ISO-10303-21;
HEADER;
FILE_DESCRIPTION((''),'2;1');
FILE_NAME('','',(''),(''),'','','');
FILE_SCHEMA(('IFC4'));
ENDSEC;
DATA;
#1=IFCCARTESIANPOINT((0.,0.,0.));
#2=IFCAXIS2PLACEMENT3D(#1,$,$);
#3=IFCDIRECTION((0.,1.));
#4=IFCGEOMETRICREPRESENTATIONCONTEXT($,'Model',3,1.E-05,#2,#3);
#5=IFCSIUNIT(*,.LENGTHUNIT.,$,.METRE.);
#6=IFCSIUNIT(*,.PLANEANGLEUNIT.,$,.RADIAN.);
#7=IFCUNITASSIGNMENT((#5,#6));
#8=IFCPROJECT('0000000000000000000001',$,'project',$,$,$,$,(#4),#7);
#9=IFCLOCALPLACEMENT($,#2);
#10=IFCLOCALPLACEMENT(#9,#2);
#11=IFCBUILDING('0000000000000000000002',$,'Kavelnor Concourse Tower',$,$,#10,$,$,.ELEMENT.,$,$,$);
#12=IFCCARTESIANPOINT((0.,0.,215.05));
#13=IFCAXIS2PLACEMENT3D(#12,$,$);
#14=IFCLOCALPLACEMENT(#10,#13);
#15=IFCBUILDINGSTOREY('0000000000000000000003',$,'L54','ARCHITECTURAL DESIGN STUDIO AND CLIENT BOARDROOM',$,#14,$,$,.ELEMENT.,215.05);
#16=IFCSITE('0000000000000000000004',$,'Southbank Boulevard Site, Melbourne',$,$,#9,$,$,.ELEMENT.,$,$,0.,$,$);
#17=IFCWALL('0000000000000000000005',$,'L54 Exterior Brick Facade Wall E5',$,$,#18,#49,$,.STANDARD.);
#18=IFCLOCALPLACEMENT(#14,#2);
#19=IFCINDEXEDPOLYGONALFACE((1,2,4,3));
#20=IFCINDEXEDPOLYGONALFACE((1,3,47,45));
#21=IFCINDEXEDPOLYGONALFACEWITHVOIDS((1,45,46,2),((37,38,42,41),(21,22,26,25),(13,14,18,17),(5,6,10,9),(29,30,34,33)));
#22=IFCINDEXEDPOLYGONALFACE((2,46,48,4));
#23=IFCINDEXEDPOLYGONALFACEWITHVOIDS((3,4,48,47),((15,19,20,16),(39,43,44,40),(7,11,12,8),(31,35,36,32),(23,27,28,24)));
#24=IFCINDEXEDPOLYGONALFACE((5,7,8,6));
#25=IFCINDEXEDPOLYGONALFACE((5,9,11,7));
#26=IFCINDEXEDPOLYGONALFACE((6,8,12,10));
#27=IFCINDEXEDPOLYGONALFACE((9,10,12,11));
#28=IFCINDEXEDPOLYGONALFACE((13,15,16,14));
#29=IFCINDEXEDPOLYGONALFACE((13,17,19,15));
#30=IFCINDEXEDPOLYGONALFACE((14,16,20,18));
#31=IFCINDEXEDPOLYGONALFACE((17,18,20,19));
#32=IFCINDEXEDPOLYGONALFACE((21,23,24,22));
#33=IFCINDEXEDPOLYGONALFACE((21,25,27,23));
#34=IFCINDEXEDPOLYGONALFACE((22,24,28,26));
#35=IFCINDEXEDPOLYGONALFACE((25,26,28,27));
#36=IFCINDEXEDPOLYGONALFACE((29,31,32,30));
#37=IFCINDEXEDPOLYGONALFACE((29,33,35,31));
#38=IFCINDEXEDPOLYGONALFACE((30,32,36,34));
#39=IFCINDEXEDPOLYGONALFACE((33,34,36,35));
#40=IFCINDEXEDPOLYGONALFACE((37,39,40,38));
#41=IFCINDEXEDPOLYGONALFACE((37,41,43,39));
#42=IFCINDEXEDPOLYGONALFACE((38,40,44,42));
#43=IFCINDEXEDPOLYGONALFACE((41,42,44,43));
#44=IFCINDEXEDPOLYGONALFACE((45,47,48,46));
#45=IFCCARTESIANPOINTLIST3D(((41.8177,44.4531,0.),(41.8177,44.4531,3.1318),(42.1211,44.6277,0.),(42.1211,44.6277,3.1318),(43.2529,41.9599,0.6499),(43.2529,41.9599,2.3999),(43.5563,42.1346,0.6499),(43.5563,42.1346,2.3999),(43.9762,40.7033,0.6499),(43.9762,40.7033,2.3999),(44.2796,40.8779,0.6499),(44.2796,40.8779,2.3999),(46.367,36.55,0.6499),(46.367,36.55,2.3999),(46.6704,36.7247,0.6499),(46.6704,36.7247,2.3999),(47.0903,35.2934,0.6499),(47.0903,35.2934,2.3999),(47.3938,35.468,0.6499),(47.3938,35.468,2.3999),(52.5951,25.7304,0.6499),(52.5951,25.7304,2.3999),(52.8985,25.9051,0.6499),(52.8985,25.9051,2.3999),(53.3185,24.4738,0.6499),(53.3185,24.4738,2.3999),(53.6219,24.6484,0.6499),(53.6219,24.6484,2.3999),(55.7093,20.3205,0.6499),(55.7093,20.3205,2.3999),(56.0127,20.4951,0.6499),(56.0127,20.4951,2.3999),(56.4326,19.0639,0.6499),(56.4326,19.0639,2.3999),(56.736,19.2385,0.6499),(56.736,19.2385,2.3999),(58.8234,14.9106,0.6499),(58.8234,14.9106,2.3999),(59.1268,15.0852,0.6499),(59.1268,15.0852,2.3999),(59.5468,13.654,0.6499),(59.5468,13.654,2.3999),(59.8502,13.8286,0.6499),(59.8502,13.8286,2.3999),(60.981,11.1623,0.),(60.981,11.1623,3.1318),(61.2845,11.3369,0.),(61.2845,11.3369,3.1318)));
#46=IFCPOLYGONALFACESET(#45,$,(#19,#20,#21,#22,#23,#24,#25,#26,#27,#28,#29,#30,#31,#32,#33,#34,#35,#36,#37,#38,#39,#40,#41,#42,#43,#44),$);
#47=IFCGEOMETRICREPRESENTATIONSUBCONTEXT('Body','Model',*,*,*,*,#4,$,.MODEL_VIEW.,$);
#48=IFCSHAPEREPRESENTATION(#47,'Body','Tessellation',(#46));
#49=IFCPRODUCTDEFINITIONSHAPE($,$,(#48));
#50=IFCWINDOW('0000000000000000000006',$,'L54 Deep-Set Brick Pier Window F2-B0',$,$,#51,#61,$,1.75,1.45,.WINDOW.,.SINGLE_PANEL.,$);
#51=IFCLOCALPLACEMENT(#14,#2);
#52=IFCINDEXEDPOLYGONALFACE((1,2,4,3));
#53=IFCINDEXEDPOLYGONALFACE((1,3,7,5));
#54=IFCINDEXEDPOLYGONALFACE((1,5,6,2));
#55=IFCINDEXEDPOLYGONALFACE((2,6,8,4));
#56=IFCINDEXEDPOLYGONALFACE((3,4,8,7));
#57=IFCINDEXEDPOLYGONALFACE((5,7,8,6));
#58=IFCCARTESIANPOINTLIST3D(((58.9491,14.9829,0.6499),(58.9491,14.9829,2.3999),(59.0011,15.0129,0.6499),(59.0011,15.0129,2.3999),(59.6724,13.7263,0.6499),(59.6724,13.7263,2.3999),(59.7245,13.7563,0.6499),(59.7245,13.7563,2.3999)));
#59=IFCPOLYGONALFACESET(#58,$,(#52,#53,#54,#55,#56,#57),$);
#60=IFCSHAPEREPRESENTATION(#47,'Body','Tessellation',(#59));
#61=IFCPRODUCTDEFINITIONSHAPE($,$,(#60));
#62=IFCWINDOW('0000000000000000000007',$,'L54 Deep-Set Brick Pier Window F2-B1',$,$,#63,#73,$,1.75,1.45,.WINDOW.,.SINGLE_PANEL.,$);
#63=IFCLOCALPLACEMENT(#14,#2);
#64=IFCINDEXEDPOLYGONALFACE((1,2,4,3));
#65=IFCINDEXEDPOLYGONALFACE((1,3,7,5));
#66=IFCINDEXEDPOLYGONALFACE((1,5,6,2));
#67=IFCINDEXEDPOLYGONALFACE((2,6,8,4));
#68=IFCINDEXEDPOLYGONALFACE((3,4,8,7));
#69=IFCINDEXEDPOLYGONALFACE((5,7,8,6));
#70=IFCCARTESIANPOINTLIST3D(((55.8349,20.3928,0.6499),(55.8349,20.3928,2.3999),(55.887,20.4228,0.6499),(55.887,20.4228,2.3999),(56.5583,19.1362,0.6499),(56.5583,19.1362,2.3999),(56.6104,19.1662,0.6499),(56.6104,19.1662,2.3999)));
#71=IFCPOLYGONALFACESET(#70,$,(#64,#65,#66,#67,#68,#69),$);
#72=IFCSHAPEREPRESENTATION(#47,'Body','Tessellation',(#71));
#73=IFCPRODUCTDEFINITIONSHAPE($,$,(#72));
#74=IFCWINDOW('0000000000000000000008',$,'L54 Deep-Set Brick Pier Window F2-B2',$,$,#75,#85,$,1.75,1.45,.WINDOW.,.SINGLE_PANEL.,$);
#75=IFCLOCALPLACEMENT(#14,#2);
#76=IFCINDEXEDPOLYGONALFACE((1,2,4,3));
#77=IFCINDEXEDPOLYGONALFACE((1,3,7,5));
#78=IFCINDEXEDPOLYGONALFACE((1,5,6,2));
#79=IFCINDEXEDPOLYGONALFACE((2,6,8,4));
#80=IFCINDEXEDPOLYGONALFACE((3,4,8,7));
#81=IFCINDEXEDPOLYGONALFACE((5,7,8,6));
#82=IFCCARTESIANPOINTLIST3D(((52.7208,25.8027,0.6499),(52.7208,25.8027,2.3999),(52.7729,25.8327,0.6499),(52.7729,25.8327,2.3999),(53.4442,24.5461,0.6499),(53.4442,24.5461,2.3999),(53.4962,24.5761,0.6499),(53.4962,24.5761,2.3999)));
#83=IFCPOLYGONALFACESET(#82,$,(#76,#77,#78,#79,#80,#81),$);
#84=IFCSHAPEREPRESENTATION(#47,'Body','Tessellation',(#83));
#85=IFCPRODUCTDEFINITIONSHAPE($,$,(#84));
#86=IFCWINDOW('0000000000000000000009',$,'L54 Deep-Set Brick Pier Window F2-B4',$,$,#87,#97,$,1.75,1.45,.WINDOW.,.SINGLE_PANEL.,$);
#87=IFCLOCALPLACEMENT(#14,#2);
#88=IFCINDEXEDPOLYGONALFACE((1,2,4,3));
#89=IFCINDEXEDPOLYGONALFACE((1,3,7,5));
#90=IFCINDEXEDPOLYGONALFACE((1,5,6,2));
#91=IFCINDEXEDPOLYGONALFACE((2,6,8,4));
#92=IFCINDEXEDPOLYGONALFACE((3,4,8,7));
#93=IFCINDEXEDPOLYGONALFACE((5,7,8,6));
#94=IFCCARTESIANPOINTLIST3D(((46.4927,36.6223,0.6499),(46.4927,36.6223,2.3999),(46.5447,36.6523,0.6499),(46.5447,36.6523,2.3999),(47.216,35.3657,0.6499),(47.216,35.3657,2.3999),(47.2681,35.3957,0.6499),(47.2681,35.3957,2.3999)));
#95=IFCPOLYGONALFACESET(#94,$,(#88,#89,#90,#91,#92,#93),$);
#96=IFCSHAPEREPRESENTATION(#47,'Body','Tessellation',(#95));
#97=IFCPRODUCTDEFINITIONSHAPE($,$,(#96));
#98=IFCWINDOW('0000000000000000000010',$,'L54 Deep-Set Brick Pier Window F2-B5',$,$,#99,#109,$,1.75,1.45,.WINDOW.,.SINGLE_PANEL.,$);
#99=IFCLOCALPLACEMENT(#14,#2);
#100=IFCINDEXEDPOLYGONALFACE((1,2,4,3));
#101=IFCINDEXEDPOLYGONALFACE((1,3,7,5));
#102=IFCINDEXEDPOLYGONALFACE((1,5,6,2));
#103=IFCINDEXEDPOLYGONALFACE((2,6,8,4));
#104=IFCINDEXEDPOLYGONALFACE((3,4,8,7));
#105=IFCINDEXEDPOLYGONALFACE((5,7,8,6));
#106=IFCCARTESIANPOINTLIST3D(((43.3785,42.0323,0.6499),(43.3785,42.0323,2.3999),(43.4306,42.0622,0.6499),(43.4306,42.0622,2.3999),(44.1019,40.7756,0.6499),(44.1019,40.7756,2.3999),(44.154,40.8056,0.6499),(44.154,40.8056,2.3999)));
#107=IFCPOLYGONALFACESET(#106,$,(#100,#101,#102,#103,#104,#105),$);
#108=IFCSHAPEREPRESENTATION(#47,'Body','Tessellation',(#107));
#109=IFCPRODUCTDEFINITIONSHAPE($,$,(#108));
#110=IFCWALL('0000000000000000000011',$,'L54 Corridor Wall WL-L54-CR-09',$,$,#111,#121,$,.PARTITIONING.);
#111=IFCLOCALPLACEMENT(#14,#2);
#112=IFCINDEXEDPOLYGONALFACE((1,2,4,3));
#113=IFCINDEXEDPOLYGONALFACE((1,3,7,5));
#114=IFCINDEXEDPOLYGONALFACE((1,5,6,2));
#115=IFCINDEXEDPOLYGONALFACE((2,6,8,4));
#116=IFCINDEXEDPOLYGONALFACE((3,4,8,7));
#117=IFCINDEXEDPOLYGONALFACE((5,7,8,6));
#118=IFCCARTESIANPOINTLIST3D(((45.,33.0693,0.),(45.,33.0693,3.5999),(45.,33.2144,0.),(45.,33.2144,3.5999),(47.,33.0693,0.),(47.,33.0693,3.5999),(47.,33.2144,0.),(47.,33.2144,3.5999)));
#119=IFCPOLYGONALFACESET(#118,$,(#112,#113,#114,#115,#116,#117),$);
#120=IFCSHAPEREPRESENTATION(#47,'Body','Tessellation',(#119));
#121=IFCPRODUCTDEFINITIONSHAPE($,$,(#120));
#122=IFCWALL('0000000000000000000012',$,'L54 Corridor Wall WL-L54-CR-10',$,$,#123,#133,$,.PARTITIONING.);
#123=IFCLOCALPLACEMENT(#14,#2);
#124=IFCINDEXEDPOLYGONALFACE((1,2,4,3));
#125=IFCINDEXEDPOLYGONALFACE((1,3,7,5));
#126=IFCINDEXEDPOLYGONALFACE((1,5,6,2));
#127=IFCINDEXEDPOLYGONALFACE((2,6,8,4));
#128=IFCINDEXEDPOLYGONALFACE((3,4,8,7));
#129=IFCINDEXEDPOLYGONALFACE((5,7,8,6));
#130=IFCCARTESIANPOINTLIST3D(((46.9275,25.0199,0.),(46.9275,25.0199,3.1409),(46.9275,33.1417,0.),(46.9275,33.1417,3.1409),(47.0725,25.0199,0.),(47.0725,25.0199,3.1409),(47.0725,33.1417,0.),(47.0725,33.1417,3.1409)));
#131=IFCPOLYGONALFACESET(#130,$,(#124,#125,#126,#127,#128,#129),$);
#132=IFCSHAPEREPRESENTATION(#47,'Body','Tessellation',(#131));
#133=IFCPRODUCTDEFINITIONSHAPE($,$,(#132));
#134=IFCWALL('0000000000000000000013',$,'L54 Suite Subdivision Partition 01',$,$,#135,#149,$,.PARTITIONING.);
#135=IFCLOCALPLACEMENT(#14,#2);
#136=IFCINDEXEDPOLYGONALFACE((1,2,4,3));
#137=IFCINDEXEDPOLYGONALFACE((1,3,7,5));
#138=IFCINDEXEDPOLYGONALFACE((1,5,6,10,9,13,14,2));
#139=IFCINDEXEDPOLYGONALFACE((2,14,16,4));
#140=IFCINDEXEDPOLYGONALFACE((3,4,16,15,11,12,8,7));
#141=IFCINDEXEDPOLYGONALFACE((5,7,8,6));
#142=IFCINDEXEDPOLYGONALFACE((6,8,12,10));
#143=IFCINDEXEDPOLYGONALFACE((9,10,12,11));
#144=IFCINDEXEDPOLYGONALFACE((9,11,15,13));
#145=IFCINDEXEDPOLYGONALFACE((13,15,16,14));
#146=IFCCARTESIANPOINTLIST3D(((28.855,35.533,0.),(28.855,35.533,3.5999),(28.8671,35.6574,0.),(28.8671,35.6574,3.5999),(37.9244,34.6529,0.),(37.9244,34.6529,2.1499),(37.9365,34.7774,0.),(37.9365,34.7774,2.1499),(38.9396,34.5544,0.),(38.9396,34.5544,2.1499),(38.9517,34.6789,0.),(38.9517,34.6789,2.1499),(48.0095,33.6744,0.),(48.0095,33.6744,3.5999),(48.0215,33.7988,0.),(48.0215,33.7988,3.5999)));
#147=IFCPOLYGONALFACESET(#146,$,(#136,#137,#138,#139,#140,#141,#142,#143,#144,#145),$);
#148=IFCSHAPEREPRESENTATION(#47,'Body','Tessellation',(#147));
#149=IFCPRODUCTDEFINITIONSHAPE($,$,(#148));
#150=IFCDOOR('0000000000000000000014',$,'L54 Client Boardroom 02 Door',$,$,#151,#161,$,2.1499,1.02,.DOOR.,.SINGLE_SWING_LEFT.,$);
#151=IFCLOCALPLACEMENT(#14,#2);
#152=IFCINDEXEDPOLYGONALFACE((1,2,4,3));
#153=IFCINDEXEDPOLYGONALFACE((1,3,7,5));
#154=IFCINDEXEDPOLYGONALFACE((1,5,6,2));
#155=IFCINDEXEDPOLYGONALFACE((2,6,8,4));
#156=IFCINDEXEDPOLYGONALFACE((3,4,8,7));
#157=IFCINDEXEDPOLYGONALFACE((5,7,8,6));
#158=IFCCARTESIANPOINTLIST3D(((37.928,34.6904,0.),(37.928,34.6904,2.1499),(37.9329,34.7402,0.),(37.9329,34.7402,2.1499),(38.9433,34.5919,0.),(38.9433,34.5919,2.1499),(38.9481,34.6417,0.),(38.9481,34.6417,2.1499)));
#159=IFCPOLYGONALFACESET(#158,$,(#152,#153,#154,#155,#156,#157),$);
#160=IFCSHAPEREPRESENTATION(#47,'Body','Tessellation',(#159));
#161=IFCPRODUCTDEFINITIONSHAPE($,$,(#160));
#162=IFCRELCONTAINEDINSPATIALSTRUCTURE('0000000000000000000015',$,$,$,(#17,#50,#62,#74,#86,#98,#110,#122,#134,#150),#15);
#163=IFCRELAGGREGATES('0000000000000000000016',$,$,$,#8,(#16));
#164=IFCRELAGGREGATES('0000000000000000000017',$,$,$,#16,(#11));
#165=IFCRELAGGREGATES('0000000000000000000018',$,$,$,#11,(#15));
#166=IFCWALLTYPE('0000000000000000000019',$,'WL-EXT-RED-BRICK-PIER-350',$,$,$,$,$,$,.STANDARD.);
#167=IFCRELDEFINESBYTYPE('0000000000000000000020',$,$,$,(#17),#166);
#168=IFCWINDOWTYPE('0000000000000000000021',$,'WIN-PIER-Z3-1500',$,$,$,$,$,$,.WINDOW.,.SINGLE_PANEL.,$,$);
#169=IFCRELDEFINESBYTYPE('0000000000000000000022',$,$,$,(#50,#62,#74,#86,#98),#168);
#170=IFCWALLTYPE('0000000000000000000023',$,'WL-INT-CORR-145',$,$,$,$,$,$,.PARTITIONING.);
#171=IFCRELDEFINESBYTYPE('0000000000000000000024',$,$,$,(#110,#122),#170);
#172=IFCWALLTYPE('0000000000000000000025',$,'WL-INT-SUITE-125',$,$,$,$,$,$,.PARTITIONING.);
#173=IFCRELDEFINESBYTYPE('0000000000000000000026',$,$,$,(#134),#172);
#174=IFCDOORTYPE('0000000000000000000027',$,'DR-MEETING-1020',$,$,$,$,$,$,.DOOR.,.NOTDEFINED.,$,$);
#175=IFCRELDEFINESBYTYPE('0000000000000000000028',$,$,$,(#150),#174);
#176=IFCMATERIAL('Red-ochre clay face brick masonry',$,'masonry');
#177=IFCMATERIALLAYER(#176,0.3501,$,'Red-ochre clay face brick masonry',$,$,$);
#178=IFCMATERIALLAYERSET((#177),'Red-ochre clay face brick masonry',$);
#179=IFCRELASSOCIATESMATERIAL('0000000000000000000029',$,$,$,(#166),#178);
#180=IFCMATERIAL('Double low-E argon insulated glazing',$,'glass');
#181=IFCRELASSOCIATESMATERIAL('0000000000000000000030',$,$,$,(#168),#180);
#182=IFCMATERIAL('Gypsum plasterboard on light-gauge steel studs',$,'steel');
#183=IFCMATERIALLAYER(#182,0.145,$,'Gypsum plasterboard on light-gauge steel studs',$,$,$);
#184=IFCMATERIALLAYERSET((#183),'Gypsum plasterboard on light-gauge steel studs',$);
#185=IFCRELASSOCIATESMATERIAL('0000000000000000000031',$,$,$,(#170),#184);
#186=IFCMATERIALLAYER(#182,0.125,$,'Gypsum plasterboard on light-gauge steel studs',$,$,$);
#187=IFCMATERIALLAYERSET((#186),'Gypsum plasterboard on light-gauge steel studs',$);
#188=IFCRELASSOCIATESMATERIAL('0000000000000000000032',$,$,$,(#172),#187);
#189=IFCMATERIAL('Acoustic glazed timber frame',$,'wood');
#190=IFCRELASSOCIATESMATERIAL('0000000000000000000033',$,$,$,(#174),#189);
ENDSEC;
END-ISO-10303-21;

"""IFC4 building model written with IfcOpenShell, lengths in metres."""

from ifc_helpers import new_model, si_unit, direction, frame, frame_2d, origin, place, context, subcontext, project, spatial, rectangle, extrude, material, layer, layer_set, type_object, element, fill, save


model = new_model("IFC4")

# Units and contexts
model_context = context("Model", 3, precision=1e-05, world=origin(), true_north=direction((0.0, 1.0)))
body_context = subcontext(model_context, "Body", "Model", "MODEL_VIEW")
ifc_project = project(units=[si_unit("LENGTHUNIT", "METRE"), si_unit("PLANEANGLEUNIT", "RADIAN")], contexts=[model_context])

# Site, building, storey
site_placement = place(None, origin())
site = spatial("IfcSite", under=ifc_project, at=site_placement, Name="Southbank Boulevard Site, Melbourne", CompositionType="ELEMENT", RefElevation=0.0)
building_placement = place(site_placement, origin())
building = spatial("IfcBuilding", under=site, at=building_placement, Name="Kavelnor Concourse Tower", CompositionType="ELEMENT")
storey_placement = place(building_placement, frame((0.0, 0.0, 215.05)))
storey = spatial("IfcBuildingStorey", under=building, at=storey_placement, Name="L54", Description="ARCHITECTURAL DESIGN STUDIO AND CLIENT BOARDROOM", CompositionType="ELEMENT", Elevation=215.05)

# Wall, openings, windows
ifc_material_1 = material(Name="Red-ochre clay face brick masonry", Category="masonry")
ifc_layer_1 = layer(ifc_material_1, 0.3501, Name="Red-ochre clay face brick masonry")
ifc_layer_set_1 = layer_set([ifc_layer_1], Name="Red-ochre clay face brick masonry")
wall_type_1 = type_object("IfcWallType", Name="WL-EXT-RED-BRICK-PIER-350", PredefinedType="STANDARD", material=ifc_layer_set_1)
wall_1_placement = place(storey_placement, frame((41.9695, 44.5403, 0.0), z_axis=(0.0, 0.0, 1.0), x_axis=(0.498885, -0.866668, 0.0)))
wall_1 = element("IfcWall", 1, at=wall_1_placement, inside=storey, type_object=wall_type_1, Name="L54 Exterior Brick Facade Wall E5", PredefinedType="STANDARD", context=body_context, shape_type="SweptSolid", body=[
    extrude(rectangle(XDim=38.4124, YDim=0.3501, at=frame_2d((19.2061, 0.0))), origin(), (0.0, 0.0, 1.0), 3.1318),
])
opening_1_placement = place(wall_1_placement, frame((34.0872, 0.0, 0.6499)))
opening_1 = element("IfcOpeningElement", 2, at=opening_1_placement, cuts=wall_1, PredefinedType="OPENING", context=body_context, shape_type="SweptSolid", body=[
    extrude(rectangle(XDim=1.45, YDim=1.75, at=frame_2d((0.7251, 0.875))), frame((0.0, 0.1851, 0.0), z_axis=(0.0, -1.0, 0.0), x_axis=(1.0, 0.0, 0.0)), (0.0, 0.0, 1.0), 0.3701),
])
opening_2_placement = place(wall_1_placement, frame((27.845, 0.0, 0.6499)))
opening_2 = element("IfcOpeningElement", 3, at=opening_2_placement, cuts=wall_1, PredefinedType="OPENING", context=body_context, shape_type="SweptSolid", body=[
    extrude(rectangle(XDim=1.45, YDim=1.75, at=frame_2d((0.7251, 0.875))), frame((0.0, 0.1851, 0.0), z_axis=(0.0, -1.0, 0.0), x_axis=(1.0, 0.0, 0.0)), (0.0, 0.0, 1.0), 0.3701),
])
opening_3_placement = place(wall_1_placement, frame((21.6028, 0.0, 0.6499)))
opening_3 = element("IfcOpeningElement", 4, at=opening_3_placement, cuts=wall_1, PredefinedType="OPENING", context=body_context, shape_type="SweptSolid", body=[
    extrude(rectangle(XDim=1.45, YDim=1.75, at=frame_2d((0.7251, 0.875))), frame((0.0, 0.1851, 0.0), z_axis=(0.0, -1.0, 0.0), x_axis=(1.0, 0.0, 0.0)), (0.0, 0.0, 1.0), 0.3701),
])
opening_4_placement = place(wall_1_placement, frame((9.1187, 0.0, 0.6499)))
opening_4 = element("IfcOpeningElement", 5, at=opening_4_placement, cuts=wall_1, PredefinedType="OPENING", context=body_context, shape_type="SweptSolid", body=[
    extrude(rectangle(XDim=1.45, YDim=1.75, at=frame_2d((0.7251, 0.875))), frame((0.0, 0.1851, 0.0), z_axis=(0.0, -1.0, 0.0), x_axis=(1.0, 0.0, 0.0)), (0.0, 0.0, 1.0), 0.3701),
])
opening_5_placement = place(wall_1_placement, frame((2.8765, 0.0, 0.6499)))
opening_5 = element("IfcOpeningElement", 6, at=opening_5_placement, cuts=wall_1, PredefinedType="OPENING", context=body_context, shape_type="SweptSolid", body=[
    extrude(rectangle(XDim=1.45, YDim=1.75, at=frame_2d((0.7251, 0.875))), frame((0.0, 0.1851, 0.0), z_axis=(0.0, -1.0, 0.0), x_axis=(1.0, 0.0, 0.0)), (0.0, 0.0, 1.0), 0.3701),
])
ifc_material_2 = material(Name="Double low-E argon insulated glazing", Category="glass")
window_type = type_object("IfcWindowType", Name="WIN-PIER-Z3-1500", PartitioningType="SINGLE_PANEL", PredefinedType="WINDOW", material=ifc_material_2)
window_1_placement = place(opening_1_placement, origin())
window_1 = element("IfcWindow", 7, at=window_1_placement, inside=storey, type_object=window_type, Name="L54 Deep-Set Brick Pier Window F2-B0", OverallHeight=1.75, OverallWidth=1.45, PartitioningType="SINGLE_PANEL", PredefinedType="WINDOW", context=body_context, shape_type="SweptSolid", body=[
    extrude(rectangle(XDim=1.45, YDim=1.75, at=frame_2d((0.7251, 0.875))), frame((0.0, 0.03, 0.0), z_axis=(0.0, -1.0, 0.0), x_axis=(1.0, 0.0, 0.0)), (0.0, 0.0, 1.0), 0.0601),
])
fill(opening_1, window_1)
window_2_placement = place(opening_2_placement, origin())
window_2 = element("IfcWindow", 8, at=window_2_placement, inside=storey, type_object=window_type, Name="L54 Deep-Set Brick Pier Window F2-B1", OverallHeight=1.75, OverallWidth=1.45, PartitioningType="SINGLE_PANEL", PredefinedType="WINDOW", context=body_context, shape_type="SweptSolid", body=[
    extrude(rectangle(XDim=1.45, YDim=1.75, at=frame_2d((0.7251, 0.875))), frame((0.0, 0.03, 0.0), z_axis=(0.0, -1.0, 0.0), x_axis=(1.0, 0.0, 0.0)), (0.0, 0.0, 1.0), 0.0601),
])
fill(opening_2, window_2)
window_3_placement = place(opening_3_placement, origin())
window_3 = element("IfcWindow", 9, at=window_3_placement, inside=storey, type_object=window_type, Name="L54 Deep-Set Brick Pier Window F2-B2", OverallHeight=1.75, OverallWidth=1.45, PartitioningType="SINGLE_PANEL", PredefinedType="WINDOW", context=body_context, shape_type="SweptSolid", body=[
    extrude(rectangle(XDim=1.45, YDim=1.75, at=frame_2d((0.7251, 0.875))), frame((0.0, 0.03, 0.0), z_axis=(0.0, -1.0, 0.0), x_axis=(1.0, 0.0, 0.0)), (0.0, 0.0, 1.0), 0.0601),
])
fill(opening_3, window_3)
window_4_placement = place(opening_4_placement, origin())
window_4 = element("IfcWindow", 10, at=window_4_placement, inside=storey, type_object=window_type, Name="L54 Deep-Set Brick Pier Window F2-B4", OverallHeight=1.75, OverallWidth=1.45, PartitioningType="SINGLE_PANEL", PredefinedType="WINDOW", context=body_context, shape_type="SweptSolid", body=[
    extrude(rectangle(XDim=1.45, YDim=1.75, at=frame_2d((0.7251, 0.875))), frame((0.0, 0.03, 0.0), z_axis=(0.0, -1.0, 0.0), x_axis=(1.0, 0.0, 0.0)), (0.0, 0.0, 1.0), 0.0601),
])
fill(opening_4, window_4)
window_5_placement = place(opening_5_placement, origin())
window_5 = element("IfcWindow", 11, at=window_5_placement, inside=storey, type_object=window_type, Name="L54 Deep-Set Brick Pier Window F2-B5", OverallHeight=1.75, OverallWidth=1.45, PartitioningType="SINGLE_PANEL", PredefinedType="WINDOW", context=body_context, shape_type="SweptSolid", body=[
    extrude(rectangle(XDim=1.45, YDim=1.75, at=frame_2d((0.7251, 0.875))), frame((0.0, 0.03, 0.0), z_axis=(0.0, -1.0, 0.0), x_axis=(1.0, 0.0, 0.0)), (0.0, 0.0, 1.0), 0.0601),
])
fill(opening_5, window_5)

# Walls
ifc_material_3 = material(Name="Gypsum plasterboard on light-gauge steel studs", Category="steel")
ifc_layer_2 = layer(ifc_material_3, 0.145, Name="Gypsum plasterboard on light-gauge steel studs")
ifc_layer_set_2 = layer_set([ifc_layer_2], Name="Gypsum plasterboard on light-gauge steel studs")
wall_type_2 = type_object("IfcWallType", Name="WL-INT-CORR-145", PredefinedType="PARTITIONING", material=ifc_layer_set_2)
wall_2_placement = place(storey_placement, frame((45.0, 33.1418, 0.0), z_axis=(0.0, 0.0, 1.0), x_axis=(1.0, 0.0, 0.0)))
element("IfcWall", 12, at=wall_2_placement, inside=storey, type_object=wall_type_2, Name="L54 Corridor Wall WL-L54-CR-09", PredefinedType="PARTITIONING", context=body_context, shape_type="SweptSolid", body=[
    extrude(rectangle(XDim=2.0, YDim=0.145, at=frame_2d((1.0, 0.0))), origin(), (0.0, 0.0, 1.0), 3.5999),
])
wall_3_placement = place(storey_placement, frame((47.0, 33.1418, 0.0), z_axis=(0.0, 0.0, 1.0), x_axis=(0.0, -1.0, 0.0)))
element("IfcWall", 13, at=wall_3_placement, inside=storey, type_object=wall_type_2, Name="L54 Corridor Wall WL-L54-CR-10", PredefinedType="PARTITIONING", context=body_context, shape_type="SweptSolid", body=[
    extrude(rectangle(XDim=8.1218, YDim=0.145, at=frame_2d((4.061, 0.0))), origin(), (0.0, 0.0, 1.0), 3.1409),
])

# Wall, opening, door
ifc_layer_3 = layer(ifc_material_3, 0.125, Name="Gypsum plasterboard on light-gauge steel studs")
ifc_layer_set_3 = layer_set([ifc_layer_3], Name="Gypsum plasterboard on light-gauge steel studs")
wall_type_3 = type_object("IfcWallType", Name="WL-INT-SUITE-125", PredefinedType="PARTITIONING", material=ifc_layer_set_3)
wall_4_placement = place(storey_placement, frame((48.0154, 33.7366, 0.0), z_axis=(0.0, 0.0, 1.0), x_axis=(-0.995325, 0.09658, 0.0)))
wall_4 = element("IfcWall", 14, at=wall_4_placement, inside=storey, type_object=wall_type_3, Name="L54 Suite Subdivision Partition 01", PredefinedType="PARTITIONING", context=body_context, shape_type="SweptSolid", body=[
    extrude(rectangle(XDim=19.2444, YDim=0.125, at=frame_2d((9.6221, 0.0))), origin(), (0.0, 0.0, 1.0), 3.5999),
])
opening_6_placement = place(wall_4_placement, frame((9.1123, 0.0, 0.0)))
opening_6 = element("IfcOpeningElement", 15, at=opening_6_placement, cuts=wall_4, PredefinedType="OPENING", context=body_context, shape_type="SweptSolid", body=[
    extrude(rectangle(XDim=1.02, YDim=2.1499, at=frame_2d((0.51, 1.075))), frame((0.0, 0.0725, 0.0), z_axis=(0.0, -1.0, 0.0), x_axis=(1.0, 0.0, 0.0)), (0.0, 0.0, 1.0), 0.145),
])
ifc_material_4 = material(Name="Acoustic glazed timber frame", Category="wood")
door_type = type_object("IfcDoorType", Name="DR-MEETING-1020", OperationType="NOTDEFINED", PredefinedType="DOOR", material=ifc_material_4)
door_placement = place(opening_6_placement, origin())
door = element("IfcDoor", 16, at=door_placement, inside=storey, type_object=door_type, Name="L54 Client Boardroom 02 Door", OperationType="SINGLE_SWING_LEFT", OverallHeight=2.1499, OverallWidth=1.02, PredefinedType="DOOR", context=body_context, shape_type="SweptSolid", body=[
    extrude(rectangle(XDim=1.02, YDim=2.1499, at=frame_2d((0.51, 1.075))), frame((0.0, 0.0249, 0.0), z_axis=(0.0, -1.0, 0.0), x_axis=(1.0, 0.0, 0.0)), (0.0, 0.0, 1.0), 0.05),
])
fill(opening_6, door)

save(model, "model.ifc")
